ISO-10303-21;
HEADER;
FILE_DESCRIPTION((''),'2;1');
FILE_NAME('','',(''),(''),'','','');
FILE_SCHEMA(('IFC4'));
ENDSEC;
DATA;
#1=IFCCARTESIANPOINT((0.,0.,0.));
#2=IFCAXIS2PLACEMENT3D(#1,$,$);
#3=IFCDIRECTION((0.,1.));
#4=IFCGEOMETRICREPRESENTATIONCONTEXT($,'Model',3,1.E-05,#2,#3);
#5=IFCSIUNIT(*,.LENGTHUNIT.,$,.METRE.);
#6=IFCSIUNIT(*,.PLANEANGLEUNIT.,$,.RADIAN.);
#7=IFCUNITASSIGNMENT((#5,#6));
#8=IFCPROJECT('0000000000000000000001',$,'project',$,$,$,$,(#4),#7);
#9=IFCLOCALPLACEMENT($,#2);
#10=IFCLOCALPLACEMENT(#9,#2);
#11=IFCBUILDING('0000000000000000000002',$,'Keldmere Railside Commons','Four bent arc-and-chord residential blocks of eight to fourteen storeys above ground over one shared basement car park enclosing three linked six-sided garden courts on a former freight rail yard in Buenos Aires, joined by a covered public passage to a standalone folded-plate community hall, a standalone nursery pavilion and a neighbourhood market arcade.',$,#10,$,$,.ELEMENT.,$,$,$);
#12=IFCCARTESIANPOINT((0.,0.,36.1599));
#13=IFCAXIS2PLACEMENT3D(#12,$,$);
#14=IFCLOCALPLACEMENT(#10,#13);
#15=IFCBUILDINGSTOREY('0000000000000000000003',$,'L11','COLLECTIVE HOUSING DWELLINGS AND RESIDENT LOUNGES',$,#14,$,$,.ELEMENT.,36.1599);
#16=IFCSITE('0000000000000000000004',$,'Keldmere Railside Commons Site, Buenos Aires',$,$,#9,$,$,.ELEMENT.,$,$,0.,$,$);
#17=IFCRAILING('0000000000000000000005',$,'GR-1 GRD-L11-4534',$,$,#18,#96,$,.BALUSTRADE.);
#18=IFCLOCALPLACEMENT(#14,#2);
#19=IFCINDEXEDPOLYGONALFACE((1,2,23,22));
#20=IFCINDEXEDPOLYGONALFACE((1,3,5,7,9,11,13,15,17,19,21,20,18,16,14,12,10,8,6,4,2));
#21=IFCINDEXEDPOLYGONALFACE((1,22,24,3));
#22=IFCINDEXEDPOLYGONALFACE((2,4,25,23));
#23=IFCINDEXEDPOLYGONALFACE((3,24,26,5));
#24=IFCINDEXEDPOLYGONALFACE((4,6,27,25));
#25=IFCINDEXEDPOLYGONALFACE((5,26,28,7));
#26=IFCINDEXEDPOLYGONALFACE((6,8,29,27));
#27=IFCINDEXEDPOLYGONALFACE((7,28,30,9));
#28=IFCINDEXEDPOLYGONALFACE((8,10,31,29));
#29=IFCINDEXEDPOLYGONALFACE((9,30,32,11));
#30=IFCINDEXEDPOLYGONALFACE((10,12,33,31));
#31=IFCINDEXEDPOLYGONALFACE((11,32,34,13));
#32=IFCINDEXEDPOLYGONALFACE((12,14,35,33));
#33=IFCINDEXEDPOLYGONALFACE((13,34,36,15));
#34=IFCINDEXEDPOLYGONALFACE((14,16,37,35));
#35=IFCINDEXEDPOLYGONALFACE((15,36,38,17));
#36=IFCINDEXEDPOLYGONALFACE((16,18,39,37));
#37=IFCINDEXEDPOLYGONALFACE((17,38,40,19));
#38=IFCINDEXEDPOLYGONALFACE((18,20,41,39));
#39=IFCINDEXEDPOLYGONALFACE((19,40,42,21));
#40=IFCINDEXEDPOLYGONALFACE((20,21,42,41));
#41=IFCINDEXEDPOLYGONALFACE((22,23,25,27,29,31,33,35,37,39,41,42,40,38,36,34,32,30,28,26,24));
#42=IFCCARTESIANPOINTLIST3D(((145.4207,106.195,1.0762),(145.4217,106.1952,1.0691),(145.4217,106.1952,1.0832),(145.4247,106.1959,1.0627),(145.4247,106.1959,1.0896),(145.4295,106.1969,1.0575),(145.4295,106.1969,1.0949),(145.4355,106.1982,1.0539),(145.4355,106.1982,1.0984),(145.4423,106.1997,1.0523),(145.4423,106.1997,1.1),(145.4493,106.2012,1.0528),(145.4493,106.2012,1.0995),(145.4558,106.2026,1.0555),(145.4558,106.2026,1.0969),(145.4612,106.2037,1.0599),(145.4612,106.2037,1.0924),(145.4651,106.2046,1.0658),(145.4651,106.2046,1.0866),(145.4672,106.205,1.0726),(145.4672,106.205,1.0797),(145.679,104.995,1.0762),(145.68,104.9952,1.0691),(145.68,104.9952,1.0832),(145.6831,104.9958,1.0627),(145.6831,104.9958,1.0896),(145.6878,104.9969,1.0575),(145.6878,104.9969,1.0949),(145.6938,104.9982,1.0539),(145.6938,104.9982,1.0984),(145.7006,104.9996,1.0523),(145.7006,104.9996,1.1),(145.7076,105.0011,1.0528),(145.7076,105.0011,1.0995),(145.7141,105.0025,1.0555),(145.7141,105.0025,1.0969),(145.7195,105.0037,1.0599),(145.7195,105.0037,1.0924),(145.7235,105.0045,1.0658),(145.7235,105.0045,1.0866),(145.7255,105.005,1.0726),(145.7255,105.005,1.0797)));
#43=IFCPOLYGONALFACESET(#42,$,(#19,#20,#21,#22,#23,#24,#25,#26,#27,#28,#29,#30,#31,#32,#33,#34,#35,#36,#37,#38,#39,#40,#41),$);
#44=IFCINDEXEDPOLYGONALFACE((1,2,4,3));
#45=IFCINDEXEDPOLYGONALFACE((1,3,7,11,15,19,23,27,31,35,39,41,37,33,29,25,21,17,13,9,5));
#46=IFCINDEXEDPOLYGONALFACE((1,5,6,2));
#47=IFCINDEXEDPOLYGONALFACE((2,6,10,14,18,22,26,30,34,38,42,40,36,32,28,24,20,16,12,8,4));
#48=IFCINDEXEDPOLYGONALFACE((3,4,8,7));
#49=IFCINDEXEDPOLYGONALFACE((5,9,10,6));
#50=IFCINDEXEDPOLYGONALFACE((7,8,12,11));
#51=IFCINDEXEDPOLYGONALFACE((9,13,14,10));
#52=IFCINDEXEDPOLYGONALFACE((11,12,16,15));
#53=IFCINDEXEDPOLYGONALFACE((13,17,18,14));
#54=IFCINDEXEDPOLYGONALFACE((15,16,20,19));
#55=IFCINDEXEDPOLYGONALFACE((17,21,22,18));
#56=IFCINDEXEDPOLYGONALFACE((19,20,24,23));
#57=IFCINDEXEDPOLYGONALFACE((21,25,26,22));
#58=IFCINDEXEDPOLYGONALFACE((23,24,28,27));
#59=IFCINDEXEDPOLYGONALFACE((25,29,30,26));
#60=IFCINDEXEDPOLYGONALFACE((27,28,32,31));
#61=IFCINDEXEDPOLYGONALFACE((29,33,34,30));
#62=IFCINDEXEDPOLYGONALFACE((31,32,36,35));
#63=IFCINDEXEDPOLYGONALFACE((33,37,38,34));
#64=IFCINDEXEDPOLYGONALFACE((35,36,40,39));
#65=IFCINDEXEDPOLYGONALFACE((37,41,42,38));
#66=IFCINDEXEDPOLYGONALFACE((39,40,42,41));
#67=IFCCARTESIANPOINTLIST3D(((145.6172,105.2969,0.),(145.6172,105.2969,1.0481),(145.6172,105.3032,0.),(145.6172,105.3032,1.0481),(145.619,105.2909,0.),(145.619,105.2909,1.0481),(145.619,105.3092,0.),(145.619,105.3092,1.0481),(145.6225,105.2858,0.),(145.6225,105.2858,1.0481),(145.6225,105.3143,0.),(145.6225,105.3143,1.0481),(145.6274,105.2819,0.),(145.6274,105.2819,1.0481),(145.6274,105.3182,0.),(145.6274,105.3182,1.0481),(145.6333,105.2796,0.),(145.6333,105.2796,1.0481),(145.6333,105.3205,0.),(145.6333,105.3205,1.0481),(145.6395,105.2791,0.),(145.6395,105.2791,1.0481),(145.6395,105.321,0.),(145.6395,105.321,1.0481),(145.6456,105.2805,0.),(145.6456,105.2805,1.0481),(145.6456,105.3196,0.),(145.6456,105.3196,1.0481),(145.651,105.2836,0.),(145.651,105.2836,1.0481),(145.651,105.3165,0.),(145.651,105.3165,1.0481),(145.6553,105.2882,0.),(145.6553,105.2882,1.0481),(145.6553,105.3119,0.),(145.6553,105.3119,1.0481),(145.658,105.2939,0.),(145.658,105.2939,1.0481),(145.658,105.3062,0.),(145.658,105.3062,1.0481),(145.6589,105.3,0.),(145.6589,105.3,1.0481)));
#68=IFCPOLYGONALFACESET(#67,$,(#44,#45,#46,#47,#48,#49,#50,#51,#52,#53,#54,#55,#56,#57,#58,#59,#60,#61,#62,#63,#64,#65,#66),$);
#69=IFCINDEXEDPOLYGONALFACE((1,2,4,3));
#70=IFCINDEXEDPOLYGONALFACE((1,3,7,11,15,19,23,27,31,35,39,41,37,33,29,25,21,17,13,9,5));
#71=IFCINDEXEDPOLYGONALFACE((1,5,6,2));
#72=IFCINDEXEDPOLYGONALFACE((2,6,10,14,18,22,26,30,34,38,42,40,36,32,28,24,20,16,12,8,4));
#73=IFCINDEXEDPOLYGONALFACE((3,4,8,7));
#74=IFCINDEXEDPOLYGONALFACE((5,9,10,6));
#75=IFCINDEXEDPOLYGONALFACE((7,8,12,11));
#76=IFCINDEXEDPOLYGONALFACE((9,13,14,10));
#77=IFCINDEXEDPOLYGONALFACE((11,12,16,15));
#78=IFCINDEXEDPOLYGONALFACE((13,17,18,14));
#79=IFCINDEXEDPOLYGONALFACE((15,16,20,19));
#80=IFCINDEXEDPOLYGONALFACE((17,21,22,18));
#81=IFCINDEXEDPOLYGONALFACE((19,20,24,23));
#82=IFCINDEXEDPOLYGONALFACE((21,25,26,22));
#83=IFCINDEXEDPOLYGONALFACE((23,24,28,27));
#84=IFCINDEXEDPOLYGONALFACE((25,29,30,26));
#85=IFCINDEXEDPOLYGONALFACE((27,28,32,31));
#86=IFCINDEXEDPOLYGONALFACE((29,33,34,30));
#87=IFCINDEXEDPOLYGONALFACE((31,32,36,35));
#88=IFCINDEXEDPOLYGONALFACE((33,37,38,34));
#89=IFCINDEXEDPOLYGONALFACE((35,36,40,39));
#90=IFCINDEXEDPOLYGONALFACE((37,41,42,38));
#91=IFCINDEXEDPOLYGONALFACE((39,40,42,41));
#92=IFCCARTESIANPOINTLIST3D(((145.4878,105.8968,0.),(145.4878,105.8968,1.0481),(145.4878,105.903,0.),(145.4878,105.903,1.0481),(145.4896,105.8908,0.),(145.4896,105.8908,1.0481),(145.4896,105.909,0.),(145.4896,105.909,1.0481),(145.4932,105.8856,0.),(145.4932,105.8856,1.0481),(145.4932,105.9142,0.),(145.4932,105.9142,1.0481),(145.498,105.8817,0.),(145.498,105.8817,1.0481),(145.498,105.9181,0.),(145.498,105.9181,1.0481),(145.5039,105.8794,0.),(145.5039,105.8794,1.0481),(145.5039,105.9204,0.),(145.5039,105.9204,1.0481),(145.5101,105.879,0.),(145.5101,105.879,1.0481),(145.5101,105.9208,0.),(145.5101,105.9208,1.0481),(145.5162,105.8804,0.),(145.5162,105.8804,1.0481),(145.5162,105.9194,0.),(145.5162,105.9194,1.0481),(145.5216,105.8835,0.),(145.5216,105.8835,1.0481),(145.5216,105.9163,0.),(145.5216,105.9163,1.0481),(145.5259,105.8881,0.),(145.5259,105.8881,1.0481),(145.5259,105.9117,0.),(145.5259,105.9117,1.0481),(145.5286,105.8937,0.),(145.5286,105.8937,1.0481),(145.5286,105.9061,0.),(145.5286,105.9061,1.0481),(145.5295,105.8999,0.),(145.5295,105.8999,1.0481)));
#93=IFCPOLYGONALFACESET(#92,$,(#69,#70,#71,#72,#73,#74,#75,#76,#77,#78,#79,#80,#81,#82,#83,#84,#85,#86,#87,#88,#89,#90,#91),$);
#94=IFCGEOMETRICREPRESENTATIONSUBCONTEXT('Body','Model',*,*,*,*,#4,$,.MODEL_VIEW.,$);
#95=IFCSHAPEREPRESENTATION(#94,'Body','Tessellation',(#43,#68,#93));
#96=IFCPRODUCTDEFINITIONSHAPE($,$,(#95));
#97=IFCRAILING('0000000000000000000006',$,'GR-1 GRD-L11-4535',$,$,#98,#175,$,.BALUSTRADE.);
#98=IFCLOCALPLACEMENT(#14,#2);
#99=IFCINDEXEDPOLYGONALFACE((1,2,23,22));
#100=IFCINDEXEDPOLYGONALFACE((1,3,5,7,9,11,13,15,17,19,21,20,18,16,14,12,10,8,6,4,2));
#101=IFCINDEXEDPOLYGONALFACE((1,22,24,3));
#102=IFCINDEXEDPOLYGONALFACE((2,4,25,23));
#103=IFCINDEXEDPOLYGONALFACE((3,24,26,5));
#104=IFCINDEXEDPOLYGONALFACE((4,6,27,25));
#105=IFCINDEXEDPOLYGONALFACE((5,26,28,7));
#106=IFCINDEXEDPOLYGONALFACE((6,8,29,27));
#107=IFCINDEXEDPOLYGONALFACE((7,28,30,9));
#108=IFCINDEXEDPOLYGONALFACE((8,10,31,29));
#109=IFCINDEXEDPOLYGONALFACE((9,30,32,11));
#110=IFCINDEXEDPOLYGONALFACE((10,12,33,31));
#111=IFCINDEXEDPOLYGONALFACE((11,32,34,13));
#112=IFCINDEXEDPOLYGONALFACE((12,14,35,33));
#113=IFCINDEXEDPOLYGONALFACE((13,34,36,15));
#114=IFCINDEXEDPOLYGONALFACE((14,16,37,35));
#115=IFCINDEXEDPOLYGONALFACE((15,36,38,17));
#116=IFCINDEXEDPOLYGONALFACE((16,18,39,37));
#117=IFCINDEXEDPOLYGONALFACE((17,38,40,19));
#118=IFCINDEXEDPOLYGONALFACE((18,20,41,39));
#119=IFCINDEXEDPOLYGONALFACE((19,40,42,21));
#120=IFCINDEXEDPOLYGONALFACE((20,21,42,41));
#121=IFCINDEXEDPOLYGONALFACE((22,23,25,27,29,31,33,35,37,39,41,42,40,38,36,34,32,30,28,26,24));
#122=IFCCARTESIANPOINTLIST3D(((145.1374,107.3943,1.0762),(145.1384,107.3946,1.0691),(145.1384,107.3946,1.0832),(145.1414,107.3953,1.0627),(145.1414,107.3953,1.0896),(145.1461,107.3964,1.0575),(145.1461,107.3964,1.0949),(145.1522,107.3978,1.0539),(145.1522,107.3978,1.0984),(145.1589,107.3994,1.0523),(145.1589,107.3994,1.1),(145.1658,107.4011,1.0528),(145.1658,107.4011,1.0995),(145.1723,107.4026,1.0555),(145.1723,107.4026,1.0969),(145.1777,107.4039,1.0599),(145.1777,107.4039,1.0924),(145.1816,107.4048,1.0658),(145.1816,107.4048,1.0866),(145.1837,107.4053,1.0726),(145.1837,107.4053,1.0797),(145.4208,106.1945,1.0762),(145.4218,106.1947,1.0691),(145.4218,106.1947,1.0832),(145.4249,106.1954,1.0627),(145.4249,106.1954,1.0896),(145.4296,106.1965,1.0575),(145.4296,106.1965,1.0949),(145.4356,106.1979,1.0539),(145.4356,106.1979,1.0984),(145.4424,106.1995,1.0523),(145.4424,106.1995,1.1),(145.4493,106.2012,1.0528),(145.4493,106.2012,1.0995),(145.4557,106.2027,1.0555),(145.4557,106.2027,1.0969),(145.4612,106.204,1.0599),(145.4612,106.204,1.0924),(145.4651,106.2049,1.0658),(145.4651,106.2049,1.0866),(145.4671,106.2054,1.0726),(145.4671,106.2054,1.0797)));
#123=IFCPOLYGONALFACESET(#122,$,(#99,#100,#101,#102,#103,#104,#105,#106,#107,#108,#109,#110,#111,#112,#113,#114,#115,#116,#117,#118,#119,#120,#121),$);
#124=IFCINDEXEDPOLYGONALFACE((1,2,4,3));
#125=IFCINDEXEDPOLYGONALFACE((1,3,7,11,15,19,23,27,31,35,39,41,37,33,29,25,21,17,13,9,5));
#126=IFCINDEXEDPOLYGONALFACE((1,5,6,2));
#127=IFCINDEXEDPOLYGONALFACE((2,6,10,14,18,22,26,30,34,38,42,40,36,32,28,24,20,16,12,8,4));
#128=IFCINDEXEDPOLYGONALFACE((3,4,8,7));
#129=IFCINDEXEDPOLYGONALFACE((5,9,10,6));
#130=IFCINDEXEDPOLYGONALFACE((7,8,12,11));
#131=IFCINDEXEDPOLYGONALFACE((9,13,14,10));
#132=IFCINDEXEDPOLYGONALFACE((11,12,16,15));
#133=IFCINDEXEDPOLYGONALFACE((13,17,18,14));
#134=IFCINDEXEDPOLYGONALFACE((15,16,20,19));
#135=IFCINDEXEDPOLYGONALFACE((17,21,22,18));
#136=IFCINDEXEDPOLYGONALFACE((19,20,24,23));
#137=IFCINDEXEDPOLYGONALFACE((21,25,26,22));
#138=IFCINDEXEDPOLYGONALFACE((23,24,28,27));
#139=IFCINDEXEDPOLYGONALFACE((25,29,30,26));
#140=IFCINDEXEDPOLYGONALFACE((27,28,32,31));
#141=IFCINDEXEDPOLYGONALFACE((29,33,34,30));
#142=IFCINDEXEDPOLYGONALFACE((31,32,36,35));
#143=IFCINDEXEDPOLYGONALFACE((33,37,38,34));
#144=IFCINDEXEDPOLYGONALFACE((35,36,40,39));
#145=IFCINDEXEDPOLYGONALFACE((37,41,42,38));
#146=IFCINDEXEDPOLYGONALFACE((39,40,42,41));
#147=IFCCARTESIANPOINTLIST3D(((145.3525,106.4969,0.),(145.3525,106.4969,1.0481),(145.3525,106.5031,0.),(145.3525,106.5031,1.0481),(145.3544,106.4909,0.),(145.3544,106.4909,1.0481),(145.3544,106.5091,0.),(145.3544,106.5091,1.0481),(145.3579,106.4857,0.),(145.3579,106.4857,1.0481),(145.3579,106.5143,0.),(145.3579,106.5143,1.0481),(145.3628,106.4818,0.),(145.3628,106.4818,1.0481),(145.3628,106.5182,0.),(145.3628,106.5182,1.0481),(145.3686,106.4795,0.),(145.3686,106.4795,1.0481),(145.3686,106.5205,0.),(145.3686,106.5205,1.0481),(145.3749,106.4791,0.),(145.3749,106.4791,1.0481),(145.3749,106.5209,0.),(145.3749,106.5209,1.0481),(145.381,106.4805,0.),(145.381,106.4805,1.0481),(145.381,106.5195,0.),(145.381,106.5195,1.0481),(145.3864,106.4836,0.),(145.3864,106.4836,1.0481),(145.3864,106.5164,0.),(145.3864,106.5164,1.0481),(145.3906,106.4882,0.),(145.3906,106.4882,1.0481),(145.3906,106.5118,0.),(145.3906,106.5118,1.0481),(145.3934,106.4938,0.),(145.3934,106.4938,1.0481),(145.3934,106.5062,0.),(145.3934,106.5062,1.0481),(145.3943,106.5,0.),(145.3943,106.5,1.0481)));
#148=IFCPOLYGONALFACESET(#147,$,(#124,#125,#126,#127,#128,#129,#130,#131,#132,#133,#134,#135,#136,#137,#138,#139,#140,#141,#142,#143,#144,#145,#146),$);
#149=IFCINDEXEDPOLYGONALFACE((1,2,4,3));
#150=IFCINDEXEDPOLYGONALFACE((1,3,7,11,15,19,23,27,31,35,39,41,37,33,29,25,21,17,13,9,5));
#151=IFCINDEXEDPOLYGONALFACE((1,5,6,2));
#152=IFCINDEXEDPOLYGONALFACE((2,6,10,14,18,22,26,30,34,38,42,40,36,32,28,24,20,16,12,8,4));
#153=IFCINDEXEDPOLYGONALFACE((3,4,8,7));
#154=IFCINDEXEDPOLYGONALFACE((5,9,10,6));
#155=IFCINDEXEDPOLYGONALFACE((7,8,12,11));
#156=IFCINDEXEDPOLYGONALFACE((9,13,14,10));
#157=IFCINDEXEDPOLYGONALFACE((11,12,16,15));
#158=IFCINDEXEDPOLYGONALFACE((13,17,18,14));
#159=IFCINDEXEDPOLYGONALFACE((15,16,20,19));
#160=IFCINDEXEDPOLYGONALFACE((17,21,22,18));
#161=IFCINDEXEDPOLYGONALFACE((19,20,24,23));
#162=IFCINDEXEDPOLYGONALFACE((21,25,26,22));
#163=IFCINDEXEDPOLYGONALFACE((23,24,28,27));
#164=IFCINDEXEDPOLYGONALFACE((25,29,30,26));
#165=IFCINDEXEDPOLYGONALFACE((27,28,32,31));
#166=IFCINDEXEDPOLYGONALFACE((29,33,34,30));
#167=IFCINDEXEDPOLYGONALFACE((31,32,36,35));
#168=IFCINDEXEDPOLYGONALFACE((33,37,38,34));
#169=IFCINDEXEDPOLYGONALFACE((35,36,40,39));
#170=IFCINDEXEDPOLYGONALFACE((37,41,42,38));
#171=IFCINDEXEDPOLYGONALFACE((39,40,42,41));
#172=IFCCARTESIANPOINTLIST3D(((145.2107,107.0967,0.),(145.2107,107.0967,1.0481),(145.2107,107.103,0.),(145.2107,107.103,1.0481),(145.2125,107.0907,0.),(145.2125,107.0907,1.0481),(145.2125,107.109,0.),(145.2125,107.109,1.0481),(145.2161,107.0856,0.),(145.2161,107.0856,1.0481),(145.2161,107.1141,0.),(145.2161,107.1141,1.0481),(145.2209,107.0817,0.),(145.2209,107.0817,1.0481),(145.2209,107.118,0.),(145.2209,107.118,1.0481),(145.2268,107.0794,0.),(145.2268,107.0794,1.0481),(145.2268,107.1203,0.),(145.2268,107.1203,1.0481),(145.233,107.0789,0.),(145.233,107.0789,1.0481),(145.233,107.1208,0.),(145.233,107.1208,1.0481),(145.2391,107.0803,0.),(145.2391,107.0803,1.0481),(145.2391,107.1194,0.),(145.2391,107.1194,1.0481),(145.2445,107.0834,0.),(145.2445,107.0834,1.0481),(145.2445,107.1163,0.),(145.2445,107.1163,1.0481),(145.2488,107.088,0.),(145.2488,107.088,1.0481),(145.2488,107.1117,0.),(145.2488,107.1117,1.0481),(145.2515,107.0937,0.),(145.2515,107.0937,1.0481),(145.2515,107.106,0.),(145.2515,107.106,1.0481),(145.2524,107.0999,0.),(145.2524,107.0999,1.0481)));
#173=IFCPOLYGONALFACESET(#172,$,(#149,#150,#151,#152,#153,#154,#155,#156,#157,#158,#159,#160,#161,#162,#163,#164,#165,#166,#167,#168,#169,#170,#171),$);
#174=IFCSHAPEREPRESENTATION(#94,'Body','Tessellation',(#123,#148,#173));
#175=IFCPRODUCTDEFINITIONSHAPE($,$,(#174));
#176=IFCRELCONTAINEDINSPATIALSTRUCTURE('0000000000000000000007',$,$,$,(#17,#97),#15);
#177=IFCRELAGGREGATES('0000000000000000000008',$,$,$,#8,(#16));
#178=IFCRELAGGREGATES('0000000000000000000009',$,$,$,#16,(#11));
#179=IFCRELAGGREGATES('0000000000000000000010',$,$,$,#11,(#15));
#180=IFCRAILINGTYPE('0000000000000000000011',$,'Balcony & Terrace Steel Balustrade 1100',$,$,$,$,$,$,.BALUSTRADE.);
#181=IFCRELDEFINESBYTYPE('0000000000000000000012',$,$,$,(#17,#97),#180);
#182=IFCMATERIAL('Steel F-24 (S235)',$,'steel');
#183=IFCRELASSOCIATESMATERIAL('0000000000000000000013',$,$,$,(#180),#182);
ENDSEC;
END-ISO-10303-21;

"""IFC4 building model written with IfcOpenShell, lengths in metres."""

from ifc_helpers import new_model, si_unit, direction, frame, origin, origin_2d, place, context, subcontext, project, spatial, circle, extrude, material, type_object, element, save


model = new_model("IFC4")

# Units and contexts
model_context = context("Model", 3, precision=1e-05, world=origin(), true_north=direction((0.0, 1.0)))
body_context = subcontext(model_context, "Body", "Model", "MODEL_VIEW")
ifc_project = project(units=[si_unit("LENGTHUNIT", "METRE"), si_unit("PLANEANGLEUNIT", "RADIAN")], contexts=[model_context])

# Site, building, storey
site_placement = place(None, origin())
site = spatial("IfcSite", under=ifc_project, at=site_placement, Name="Keldmere Railside Commons Site, Buenos Aires", CompositionType="ELEMENT", RefElevation=0.0)
building_placement = place(site_placement, origin())
building = spatial("IfcBuilding", under=site, at=building_placement, Name="Keldmere Railside Commons", Description="Four bent arc-and-chord residential blocks of eight to fourteen storeys above ground over one shared basement car park enclosing three linked six-sided garden courts on a former freight rail yard in Buenos Aires, joined by a covered public passage to a standalone folded-plate community hall, a standalone nursery pavilion and a neighbourhood market arcade.", CompositionType="ELEMENT")
storey_placement = place(building_placement, frame((0.0, 0.0, 36.1599)))
storey = spatial("IfcBuildingStorey", under=building, at=storey_placement, Name="L11", Description="COLLECTIVE HOUSING DWELLINGS AND RESIDENT LOUNGES", CompositionType="ELEMENT", Elevation=36.1599)

# Railings
ifc_material_1 = material(Name="Steel F-24 (S235)", Category="steel")
railing_type = type_object("IfcRailingType", Name="Balcony & Terrace Steel Balustrade 1100", PredefinedType="BALUSTRADE", material=ifc_material_1)
railing_1_placement = place(storey_placement, frame((145.7024, 105.0, 0.0)))
element("IfcRailing", 1, at=railing_1_placement, inside=storey, type_object=railing_type, Name="GR-1 GRD-L11-4534", PredefinedType="BALUSTRADE", context=body_context, shape_type="SweptSolid", body=[
    extrude(circle(Radius=0.0239, at=origin_2d()), frame((0.0, 0.0, 1.0762), z_axis=(-0.210439, 0.977607, 0.0), x_axis=(-0.977607, -0.210439, 0.0)), (0.0, 0.0, 1.0), 1.2275),
    extrude(circle(Radius=0.021, at=origin_2d()), frame((-0.0645, 0.3, 0.0)), (0.0, 0.0, 1.0), 1.0481),
    extrude(circle(Radius=0.021, at=origin_2d()), frame((-0.1938, 0.8999, 0.0)), (0.0, 0.0, 1.0), 1.0481),
])
railing_2_placement = place(storey_placement, frame((145.4441, 106.2, 0.0)))
element("IfcRailing", 2, at=railing_2_placement, inside=storey, type_object=railing_type, Name="GR-1 GRD-L11-4535", PredefinedType="BALUSTRADE", context=body_context, shape_type="SweptSolid", body=[
    extrude(circle(Radius=0.0239, at=origin_2d()), frame((0.0, 0.0, 1.0762), z_axis=(-0.229889, 0.973217, 0.0), x_axis=(-0.973217, -0.229889, 0.0)), (0.0, 0.0, 1.0), 1.2329),
    extrude(circle(Radius=0.021, at=origin_2d()), frame((-0.0708, 0.3, 0.0)), (0.0, 0.0, 1.0), 1.0481),
    extrude(circle(Radius=0.021, at=origin_2d()), frame((-0.2126, 0.8999, 0.0)), (0.0, 0.0, 1.0), 1.0481),
])

save(model, "model.ifc")
